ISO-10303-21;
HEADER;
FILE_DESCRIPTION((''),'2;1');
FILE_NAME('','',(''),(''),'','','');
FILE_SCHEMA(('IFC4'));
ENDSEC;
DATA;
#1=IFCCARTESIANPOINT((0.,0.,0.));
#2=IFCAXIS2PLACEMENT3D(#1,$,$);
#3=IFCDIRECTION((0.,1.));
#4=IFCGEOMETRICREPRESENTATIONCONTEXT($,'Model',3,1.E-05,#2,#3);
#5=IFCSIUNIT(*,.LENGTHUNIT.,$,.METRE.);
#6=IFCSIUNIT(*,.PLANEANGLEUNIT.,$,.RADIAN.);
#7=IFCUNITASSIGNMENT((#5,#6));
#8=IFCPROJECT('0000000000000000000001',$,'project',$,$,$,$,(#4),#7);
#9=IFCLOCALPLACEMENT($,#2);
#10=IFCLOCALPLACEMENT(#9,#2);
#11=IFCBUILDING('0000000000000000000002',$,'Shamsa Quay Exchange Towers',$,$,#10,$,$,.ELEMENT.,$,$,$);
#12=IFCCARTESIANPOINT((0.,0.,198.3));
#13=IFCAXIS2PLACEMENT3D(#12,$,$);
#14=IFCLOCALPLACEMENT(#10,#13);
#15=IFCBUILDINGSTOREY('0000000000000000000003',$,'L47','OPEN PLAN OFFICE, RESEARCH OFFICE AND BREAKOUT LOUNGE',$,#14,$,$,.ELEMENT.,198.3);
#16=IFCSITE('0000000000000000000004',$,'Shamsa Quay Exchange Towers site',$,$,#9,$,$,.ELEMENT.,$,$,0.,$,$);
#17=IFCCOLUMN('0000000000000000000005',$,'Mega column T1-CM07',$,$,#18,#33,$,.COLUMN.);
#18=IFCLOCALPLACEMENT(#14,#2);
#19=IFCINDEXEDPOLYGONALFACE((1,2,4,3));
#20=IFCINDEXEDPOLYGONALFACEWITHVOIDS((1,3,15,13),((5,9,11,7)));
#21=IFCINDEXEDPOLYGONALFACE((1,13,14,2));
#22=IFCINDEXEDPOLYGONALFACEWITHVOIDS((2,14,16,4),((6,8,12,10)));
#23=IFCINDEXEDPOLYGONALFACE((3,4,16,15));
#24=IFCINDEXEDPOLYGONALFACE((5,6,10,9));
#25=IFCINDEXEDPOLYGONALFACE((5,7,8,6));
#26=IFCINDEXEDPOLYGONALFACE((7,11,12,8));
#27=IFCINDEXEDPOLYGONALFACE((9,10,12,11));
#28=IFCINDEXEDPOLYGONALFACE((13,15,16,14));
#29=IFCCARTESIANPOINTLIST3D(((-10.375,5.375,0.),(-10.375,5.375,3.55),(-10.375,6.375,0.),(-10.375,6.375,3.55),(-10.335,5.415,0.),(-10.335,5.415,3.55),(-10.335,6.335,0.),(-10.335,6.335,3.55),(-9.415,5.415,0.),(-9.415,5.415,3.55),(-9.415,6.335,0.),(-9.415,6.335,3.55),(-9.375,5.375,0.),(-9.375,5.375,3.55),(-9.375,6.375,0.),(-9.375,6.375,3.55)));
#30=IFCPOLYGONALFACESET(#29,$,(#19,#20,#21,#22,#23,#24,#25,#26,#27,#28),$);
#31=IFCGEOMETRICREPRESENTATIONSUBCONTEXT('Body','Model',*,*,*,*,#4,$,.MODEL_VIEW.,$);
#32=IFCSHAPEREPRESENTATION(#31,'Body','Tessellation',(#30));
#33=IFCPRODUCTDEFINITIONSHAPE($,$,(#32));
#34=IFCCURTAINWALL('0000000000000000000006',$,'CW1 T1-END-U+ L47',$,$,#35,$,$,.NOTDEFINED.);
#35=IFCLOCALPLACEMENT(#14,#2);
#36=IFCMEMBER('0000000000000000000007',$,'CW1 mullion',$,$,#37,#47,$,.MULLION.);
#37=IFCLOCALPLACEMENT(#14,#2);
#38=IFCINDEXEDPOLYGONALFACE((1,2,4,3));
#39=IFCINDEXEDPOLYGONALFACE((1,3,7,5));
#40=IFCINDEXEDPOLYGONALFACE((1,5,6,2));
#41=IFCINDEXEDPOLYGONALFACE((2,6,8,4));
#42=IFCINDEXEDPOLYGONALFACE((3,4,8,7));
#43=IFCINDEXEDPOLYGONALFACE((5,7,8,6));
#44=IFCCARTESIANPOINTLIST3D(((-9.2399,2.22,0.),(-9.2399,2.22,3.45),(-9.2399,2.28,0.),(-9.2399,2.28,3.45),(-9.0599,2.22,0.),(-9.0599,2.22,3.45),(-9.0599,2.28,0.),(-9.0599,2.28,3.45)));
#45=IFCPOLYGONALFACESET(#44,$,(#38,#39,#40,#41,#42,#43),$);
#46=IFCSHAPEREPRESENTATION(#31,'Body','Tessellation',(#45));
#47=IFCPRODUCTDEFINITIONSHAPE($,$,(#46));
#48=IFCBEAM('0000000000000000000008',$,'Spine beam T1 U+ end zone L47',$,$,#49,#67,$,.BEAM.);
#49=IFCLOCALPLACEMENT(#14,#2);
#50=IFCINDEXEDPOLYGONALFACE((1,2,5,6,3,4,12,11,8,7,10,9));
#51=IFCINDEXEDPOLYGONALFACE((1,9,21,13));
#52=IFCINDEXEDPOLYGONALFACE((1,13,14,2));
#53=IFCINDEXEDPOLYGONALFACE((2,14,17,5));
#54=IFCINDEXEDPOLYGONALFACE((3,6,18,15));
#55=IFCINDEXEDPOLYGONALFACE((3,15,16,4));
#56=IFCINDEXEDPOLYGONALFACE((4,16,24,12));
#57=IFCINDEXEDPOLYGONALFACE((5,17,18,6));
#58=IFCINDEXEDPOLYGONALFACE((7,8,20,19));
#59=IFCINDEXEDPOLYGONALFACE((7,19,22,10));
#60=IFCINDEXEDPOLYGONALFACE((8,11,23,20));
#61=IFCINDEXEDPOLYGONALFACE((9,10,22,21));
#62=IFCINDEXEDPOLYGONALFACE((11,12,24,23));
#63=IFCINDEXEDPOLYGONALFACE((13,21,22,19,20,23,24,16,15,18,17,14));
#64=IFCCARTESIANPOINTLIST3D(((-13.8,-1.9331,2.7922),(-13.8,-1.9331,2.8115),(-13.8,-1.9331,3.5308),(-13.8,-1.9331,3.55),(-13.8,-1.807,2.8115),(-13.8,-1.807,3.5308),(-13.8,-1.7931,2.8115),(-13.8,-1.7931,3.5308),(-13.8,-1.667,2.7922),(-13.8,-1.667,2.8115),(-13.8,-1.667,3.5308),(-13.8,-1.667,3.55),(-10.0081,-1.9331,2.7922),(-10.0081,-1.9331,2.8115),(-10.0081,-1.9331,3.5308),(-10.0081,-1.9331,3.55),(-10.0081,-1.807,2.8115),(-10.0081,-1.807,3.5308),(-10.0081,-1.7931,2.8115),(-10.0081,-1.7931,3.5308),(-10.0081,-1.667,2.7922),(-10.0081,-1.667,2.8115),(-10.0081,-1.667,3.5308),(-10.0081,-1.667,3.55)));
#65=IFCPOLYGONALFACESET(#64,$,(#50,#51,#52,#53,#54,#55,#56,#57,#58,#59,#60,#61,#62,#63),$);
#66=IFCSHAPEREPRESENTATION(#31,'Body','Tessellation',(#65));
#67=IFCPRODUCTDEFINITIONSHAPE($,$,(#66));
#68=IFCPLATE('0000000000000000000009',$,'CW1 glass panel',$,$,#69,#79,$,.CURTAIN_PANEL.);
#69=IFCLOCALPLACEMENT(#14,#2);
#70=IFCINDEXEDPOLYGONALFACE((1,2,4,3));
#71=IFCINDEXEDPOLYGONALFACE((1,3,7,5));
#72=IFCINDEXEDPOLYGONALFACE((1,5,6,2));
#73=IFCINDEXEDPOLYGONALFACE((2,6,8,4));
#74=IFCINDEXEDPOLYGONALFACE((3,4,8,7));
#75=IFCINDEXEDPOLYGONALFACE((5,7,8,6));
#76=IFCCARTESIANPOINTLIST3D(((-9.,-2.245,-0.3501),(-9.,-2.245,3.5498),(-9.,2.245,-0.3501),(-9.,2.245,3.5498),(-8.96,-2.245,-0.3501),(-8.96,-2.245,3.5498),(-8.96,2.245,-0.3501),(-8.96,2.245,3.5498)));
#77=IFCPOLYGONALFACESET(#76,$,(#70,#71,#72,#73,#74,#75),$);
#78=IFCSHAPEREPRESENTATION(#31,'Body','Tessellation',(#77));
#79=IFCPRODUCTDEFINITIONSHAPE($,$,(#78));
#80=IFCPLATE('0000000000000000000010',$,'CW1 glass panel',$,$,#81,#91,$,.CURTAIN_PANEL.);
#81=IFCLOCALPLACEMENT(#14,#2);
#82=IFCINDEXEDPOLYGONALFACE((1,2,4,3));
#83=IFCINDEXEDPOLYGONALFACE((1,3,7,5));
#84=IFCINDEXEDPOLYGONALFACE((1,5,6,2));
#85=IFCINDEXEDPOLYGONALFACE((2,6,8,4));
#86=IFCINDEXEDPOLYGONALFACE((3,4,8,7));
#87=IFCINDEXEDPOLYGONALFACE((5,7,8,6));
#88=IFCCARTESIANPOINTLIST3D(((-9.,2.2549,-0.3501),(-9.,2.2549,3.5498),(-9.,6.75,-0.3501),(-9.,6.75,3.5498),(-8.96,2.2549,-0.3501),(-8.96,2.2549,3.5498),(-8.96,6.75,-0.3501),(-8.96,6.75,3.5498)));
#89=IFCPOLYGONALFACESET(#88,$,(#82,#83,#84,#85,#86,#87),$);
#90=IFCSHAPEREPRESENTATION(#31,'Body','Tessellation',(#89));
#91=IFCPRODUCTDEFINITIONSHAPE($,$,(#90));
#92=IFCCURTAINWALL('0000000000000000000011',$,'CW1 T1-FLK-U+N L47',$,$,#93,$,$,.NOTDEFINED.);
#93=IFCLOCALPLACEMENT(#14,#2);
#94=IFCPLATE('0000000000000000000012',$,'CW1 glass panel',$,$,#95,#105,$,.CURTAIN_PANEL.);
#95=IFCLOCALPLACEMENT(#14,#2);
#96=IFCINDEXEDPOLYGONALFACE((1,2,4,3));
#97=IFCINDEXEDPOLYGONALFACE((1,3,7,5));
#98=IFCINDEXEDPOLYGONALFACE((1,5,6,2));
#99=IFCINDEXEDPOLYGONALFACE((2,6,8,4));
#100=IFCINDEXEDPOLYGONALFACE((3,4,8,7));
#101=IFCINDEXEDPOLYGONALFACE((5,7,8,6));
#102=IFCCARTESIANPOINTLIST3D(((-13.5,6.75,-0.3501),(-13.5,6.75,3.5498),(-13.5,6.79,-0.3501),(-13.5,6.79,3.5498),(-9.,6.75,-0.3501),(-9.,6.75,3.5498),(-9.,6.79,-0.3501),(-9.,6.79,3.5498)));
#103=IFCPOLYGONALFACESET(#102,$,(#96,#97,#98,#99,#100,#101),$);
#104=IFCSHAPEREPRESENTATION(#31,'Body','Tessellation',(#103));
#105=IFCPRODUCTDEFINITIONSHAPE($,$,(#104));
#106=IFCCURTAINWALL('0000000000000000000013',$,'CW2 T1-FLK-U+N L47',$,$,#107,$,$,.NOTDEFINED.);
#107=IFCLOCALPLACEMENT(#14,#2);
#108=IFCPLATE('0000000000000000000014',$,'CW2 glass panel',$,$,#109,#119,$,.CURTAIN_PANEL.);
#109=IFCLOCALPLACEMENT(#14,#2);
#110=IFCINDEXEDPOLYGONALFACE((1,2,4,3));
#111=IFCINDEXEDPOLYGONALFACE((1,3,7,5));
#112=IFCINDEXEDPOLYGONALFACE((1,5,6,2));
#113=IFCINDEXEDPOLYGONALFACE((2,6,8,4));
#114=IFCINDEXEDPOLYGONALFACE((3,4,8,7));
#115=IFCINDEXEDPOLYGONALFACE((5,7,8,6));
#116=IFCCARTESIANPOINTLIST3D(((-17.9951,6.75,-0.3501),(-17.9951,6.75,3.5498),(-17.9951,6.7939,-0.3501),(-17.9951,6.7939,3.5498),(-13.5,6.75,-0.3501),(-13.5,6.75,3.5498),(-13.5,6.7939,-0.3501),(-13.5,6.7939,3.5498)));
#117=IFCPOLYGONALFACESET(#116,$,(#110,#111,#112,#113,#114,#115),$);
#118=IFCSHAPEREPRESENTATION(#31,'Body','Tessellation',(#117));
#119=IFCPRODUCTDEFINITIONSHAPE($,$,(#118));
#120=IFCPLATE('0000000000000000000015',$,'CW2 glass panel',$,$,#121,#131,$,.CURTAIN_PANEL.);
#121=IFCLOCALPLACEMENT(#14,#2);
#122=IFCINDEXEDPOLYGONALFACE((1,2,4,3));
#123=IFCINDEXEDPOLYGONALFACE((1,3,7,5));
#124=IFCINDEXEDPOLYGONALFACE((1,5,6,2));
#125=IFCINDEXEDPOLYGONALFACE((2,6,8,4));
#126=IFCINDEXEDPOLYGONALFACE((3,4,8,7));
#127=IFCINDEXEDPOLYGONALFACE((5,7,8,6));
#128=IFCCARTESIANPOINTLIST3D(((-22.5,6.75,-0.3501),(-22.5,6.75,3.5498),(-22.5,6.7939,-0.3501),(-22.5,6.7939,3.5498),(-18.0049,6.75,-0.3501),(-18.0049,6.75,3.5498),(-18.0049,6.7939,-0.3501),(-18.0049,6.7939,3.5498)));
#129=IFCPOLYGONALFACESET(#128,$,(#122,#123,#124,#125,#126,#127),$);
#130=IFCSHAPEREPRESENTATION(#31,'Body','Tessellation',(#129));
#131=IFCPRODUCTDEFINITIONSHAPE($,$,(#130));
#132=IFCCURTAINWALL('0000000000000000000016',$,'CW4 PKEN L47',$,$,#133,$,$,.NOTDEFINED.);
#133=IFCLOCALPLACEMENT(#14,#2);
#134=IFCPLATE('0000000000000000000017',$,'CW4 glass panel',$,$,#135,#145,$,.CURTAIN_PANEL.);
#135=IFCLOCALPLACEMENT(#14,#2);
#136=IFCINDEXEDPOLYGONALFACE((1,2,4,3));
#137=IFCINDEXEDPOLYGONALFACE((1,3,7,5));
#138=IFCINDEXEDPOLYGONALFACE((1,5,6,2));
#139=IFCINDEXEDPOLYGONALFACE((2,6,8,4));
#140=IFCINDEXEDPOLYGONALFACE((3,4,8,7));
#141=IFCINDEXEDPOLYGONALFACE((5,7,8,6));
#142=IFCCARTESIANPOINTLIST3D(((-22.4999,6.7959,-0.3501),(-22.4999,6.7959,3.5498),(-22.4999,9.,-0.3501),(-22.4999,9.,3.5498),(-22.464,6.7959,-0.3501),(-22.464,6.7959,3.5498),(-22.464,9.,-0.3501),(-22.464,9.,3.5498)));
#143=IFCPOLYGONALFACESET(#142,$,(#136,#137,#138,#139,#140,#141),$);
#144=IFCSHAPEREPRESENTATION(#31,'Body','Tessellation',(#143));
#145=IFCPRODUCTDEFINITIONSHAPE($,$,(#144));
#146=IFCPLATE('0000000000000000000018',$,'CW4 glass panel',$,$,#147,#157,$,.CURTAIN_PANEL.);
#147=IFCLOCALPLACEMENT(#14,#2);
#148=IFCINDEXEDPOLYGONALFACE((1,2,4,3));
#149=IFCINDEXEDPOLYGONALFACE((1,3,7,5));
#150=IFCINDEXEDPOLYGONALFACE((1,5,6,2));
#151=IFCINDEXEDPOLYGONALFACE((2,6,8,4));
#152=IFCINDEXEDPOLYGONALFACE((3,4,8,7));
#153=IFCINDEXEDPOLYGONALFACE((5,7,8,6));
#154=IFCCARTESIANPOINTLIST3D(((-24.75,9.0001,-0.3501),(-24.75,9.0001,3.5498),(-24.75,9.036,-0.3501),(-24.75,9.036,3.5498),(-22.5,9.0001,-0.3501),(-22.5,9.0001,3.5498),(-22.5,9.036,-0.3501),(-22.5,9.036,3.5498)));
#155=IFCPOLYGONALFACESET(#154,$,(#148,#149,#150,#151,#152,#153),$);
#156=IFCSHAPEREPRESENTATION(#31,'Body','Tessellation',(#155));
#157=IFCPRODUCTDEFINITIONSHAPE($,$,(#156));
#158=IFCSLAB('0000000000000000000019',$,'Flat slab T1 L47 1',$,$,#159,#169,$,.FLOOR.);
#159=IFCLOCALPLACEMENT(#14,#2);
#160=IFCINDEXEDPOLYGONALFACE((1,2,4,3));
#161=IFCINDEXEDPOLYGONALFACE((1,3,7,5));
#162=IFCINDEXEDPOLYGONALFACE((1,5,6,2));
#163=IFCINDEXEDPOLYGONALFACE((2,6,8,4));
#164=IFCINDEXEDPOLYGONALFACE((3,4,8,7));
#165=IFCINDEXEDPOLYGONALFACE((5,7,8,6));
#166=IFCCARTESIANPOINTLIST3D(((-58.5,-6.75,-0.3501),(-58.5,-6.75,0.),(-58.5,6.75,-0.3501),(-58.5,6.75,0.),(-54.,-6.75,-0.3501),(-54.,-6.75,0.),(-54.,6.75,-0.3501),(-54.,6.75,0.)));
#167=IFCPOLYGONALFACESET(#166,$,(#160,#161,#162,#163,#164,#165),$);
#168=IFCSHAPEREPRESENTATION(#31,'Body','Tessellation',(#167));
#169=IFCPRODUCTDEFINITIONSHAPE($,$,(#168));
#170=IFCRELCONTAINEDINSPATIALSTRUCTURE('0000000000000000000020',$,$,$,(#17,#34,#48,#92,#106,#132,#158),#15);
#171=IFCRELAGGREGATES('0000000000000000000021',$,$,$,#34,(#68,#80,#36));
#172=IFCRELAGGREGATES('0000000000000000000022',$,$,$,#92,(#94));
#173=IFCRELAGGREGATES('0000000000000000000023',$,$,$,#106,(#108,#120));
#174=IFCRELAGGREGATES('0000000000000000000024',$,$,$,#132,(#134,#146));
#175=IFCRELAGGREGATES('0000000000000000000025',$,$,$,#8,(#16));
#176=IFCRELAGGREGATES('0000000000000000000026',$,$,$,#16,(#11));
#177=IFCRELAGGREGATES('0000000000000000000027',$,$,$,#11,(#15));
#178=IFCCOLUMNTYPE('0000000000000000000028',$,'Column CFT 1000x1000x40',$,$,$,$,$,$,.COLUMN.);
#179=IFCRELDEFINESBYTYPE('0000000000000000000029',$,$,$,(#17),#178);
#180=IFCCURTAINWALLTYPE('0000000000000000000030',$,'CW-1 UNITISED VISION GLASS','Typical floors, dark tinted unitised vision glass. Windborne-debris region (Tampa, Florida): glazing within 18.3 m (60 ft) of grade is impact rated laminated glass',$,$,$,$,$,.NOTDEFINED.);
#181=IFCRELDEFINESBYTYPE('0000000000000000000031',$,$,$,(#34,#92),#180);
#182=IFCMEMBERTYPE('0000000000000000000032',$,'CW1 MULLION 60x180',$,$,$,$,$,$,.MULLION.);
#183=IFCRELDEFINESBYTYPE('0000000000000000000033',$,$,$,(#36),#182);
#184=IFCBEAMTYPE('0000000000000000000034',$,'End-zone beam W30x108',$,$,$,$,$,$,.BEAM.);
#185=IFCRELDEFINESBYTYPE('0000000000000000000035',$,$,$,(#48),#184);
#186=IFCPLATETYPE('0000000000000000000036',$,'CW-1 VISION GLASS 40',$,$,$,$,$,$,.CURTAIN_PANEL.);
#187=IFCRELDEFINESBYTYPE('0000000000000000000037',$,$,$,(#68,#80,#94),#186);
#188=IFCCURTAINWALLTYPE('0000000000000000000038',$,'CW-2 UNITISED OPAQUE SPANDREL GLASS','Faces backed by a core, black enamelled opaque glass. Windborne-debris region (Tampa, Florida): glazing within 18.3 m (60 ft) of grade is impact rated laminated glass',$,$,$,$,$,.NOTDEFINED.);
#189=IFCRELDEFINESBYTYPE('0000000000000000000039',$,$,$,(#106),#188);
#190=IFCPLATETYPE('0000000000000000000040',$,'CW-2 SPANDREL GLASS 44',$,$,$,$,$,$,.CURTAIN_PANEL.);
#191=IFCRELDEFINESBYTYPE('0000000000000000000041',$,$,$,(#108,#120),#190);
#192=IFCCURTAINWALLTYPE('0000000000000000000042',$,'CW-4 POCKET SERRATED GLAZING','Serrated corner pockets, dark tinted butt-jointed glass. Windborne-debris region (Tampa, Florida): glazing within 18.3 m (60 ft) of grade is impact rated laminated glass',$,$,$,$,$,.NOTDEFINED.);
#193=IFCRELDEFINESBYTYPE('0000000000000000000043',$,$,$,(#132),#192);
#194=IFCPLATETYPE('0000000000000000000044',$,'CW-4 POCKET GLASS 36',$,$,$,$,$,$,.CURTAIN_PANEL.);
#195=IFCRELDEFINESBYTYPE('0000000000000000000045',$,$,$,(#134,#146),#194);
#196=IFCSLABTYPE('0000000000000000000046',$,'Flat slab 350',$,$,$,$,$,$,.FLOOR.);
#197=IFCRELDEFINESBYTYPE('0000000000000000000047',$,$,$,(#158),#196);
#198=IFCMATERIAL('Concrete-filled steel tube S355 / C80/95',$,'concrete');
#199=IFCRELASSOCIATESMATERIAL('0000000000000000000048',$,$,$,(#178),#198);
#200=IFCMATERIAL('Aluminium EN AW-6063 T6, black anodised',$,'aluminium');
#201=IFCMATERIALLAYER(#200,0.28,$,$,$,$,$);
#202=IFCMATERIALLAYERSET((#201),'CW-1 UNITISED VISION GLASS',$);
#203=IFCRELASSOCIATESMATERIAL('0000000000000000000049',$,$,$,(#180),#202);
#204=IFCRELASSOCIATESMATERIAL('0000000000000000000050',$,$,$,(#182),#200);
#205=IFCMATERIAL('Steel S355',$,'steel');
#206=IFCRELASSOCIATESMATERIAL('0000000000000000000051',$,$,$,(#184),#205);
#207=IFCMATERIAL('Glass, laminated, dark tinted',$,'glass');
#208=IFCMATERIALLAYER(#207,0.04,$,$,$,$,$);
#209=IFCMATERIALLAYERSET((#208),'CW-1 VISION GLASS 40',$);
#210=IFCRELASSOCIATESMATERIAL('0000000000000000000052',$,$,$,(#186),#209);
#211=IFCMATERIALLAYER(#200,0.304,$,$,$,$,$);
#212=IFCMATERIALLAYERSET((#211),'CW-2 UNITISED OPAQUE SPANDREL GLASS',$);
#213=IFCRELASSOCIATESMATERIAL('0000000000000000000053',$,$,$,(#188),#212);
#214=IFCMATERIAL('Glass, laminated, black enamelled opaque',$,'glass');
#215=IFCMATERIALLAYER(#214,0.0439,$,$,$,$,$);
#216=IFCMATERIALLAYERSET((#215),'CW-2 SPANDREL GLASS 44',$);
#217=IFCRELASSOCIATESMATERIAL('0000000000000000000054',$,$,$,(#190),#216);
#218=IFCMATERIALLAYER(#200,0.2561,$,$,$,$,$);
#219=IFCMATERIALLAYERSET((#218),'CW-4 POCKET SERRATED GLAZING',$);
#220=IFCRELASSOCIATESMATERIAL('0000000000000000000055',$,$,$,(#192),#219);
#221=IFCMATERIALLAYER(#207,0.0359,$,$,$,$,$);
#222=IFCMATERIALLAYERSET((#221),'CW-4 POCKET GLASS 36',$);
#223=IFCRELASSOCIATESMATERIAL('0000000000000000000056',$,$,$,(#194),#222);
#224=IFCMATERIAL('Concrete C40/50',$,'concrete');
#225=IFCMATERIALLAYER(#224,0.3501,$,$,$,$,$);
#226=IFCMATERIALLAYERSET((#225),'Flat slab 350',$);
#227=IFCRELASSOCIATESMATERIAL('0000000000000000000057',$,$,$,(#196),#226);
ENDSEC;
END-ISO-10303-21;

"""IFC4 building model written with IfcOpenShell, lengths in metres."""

from ifc_helpers import new_model, si_unit, direction, frame, origin, origin_2d, place, context, subcontext, project, spatial, polyline, rectangle, hollow_rectangle, i_section, outline, extrude, material, layer, layer_set, material_profile, profile_set, type_object, element, aggregate, save


model = new_model("IFC4")

# Units and contexts
model_context = context("Model", 3, precision=1e-05, world=origin(), true_north=direction((0.0, 1.0)))
body_context = subcontext(model_context, "Body", "Model", "MODEL_VIEW")
ifc_project = project(units=[si_unit("LENGTHUNIT", "METRE"), si_unit("PLANEANGLEUNIT", "RADIAN")], contexts=[model_context])

# Site, building, storey
site_placement = place(None, origin())
site = spatial("IfcSite", under=ifc_project, at=site_placement, Name="Shamsa Quay Exchange Towers site", CompositionType="ELEMENT", RefElevation=0.0)
building_placement = place(site_placement, origin())
building = spatial("IfcBuilding", under=site, at=building_placement, Name="Shamsa Quay Exchange Towers", CompositionType="ELEMENT")
storey_placement = place(building_placement, frame((0.0, 0.0, 198.3)))
storey = spatial("IfcBuildingStorey", under=building, at=storey_placement, Name="L47", Description="OPEN PLAN OFFICE, RESEARCH OFFICE AND BREAKOUT LOUNGE", CompositionType="ELEMENT", Elevation=198.3)

# Column
ifc_material_1 = material(Name="Concrete-filled steel tube S355 / C80/95", Category="concrete")
ifc_material_profile_1 = material_profile(ifc_material_1, hollow_rectangle(XDim=1.0, YDim=1.0, WallThickness=0.04, at=origin_2d()), Name="CFT 1000x1000x40")
ifc_profile_set_1 = profile_set([ifc_material_profile_1], Name="Concrete-filled steel tube S355 / C80/95")
column_type = type_object("IfcColumnType", Name="Column CFT 1000x1000x40", PredefinedType="COLUMN", material=ifc_profile_set_1)
column_placement = place(storey_placement, frame((-9.875, 5.875, 0.0)))
element("IfcColumn", 1, at=column_placement, inside=storey, type_object=column_type, Name="Mega column T1-CM07", PredefinedType="COLUMN", context=body_context, shape_type="SweptSolid", body=[
    extrude(hollow_rectangle(XDim=1.0, YDim=1.0, WallThickness=0.04, at=origin_2d()), origin(), (0.0, 0.0, 1.0), 3.55),
])

# Curtain wall, member
ifc_material_2 = material(Name="Aluminium EN AW-6063 T6, black anodised", Category="aluminium")
ifc_layer_1 = layer(ifc_material_2, 0.28)
ifc_layer_set_1 = layer_set([ifc_layer_1], Name="CW-1 UNITISED VISION GLASS")
curtain_wall_type_1 = type_object("IfcCurtainWallType", Name="CW-1 UNITISED VISION GLASS", Description="Typical floors, dark tinted unitised vision glass. Windborne-debris region (Tampa, Florida): glazing within 18.3 m (60 ft) of grade is impact rated laminated glass", PredefinedType="NOTDEFINED", material=ifc_layer_set_1)
curtain_wall_1_placement = place(storey_placement, origin())
curtain_wall_1 = element("IfcCurtainWall", 2, at=curtain_wall_1_placement, inside=storey, type_object=curtain_wall_type_1, Name="CW1 T1-END-U+ L47", PredefinedType="NOTDEFINED")
ifc_material_profile_2 = material_profile(ifc_material_2, rectangle(XDim=0.1799, YDim=0.0601, at=origin_2d()), Name="MU60x180")
ifc_profile_set_2 = profile_set([ifc_material_profile_2], Name="Aluminium EN AW-6063 T6, black anodised")
member_type = type_object("IfcMemberType", Name="CW1 MULLION 60x180", PredefinedType="MULLION", material=ifc_profile_set_2)
member_placement = place(storey_placement, frame((-9.1499, 2.25, 0.0), z_axis=(0.0, 0.0, 1.0), x_axis=(-1.0, 0.0, 0.0)))
member = element("IfcMember", 3, at=member_placement, type_object=member_type, Name="CW1 mullion", PredefinedType="MULLION", context=body_context, shape_type="SweptSolid", body=[
    extrude(rectangle(XDim=0.1799, YDim=0.0601, at=origin_2d()), origin(), (0.0, 0.0, 1.0), 3.45),
])

# Beam
ifc_material_3 = material(Name="Steel S355", Category="steel")
ifc_material_profile_3 = material_profile(ifc_material_3, i_section(OverallWidth=0.2661, OverallDepth=0.7578, WebThickness=0.0139, FlangeThickness=0.0193, at=origin_2d()), Name="W30x108")
ifc_profile_set_3 = profile_set([ifc_material_profile_3], Name="Steel S355")
beam_type = type_object("IfcBeamType", Name="End-zone beam W30x108", PredefinedType="BEAM", material=ifc_profile_set_3)
beam_placement = place(storey_placement, frame((-13.8, -1.8, 3.1711), z_axis=(1.0, 0.0, 0.0), x_axis=(0.0, 1.0, 0.0)))
element("IfcBeam", 4, at=beam_placement, inside=storey, type_object=beam_type, Name="Spine beam T1 U+ end zone L47", PredefinedType="BEAM", context=body_context, shape_type="SweptSolid", body=[
    extrude(i_section(OverallWidth=0.2661, OverallDepth=0.7578, WebThickness=0.0139, FlangeThickness=0.0193, at=origin_2d()), origin(), (0.0, 0.0, 1.0), 3.792),
])

# Plates
ifc_material_4 = material(Name="Glass, laminated, dark tinted", Category="glass")
ifc_layer_2 = layer(ifc_material_4, 0.04)
ifc_layer_set_2 = layer_set([ifc_layer_2], Name="CW-1 VISION GLASS 40")
plate_type_1 = type_object("IfcPlateType", Name="CW-1 VISION GLASS 40", PredefinedType="CURTAIN_PANEL", material=ifc_layer_set_2)
plate_1_placement = place(storey_placement, frame((-8.98, 0.0, -0.3501), z_axis=(0.0, 0.0, 1.0), x_axis=(0.0, 1.0, 0.0)))
plate_1 = element("IfcPlate", 5, at=plate_1_placement, type_object=plate_type_1, Name="CW1 glass panel", PredefinedType="CURTAIN_PANEL", context=body_context, shape_type="SweptSolid", body=[
    extrude(rectangle(XDim=4.49, YDim=0.04, at=origin_2d()), origin(), (0.0, 0.0, 1.0), 3.8999),
])
plate_2_placement = place(storey_placement, frame((-8.98, 4.5024, -0.3501), z_axis=(0.0, 0.0, 1.0), x_axis=(0.0, 1.0, 0.0)))
plate_2 = element("IfcPlate", 6, at=plate_2_placement, type_object=plate_type_1, Name="CW1 glass panel", PredefinedType="CURTAIN_PANEL", context=body_context, shape_type="SweptSolid", body=[
    extrude(rectangle(XDim=4.4951, YDim=0.04, at=origin_2d()), origin(), (0.0, 0.0, 1.0), 3.8999),
])
aggregate(curtain_wall_1, [plate_1, plate_2, member])

# Curtain wall, plate
curtain_wall_2_placement = place(storey_placement, origin())
curtain_wall_2 = element("IfcCurtainWall", 7, at=curtain_wall_2_placement, inside=storey, type_object=curtain_wall_type_1, Name="CW1 T1-FLK-U+N L47", PredefinedType="NOTDEFINED")
plate_3_placement = place(storey_placement, frame((-11.25, 6.77, -0.3501), z_axis=(0.0, 0.0, 1.0), x_axis=(-1.0, 0.0, 0.0)))
plate_3 = element("IfcPlate", 8, at=plate_3_placement, type_object=plate_type_1, Name="CW1 glass panel", PredefinedType="CURTAIN_PANEL", context=body_context, shape_type="SweptSolid", body=[
    extrude(rectangle(XDim=4.5, YDim=0.04, at=origin_2d()), origin(), (0.0, 0.0, 1.0), 3.8999),
])
aggregate(curtain_wall_2, [plate_3])

# Curtain walls, plates
ifc_layer_3 = layer(ifc_material_2, 0.304)
ifc_layer_set_3 = layer_set([ifc_layer_3], Name="CW-2 UNITISED OPAQUE SPANDREL GLASS")
curtain_wall_type_2 = type_object("IfcCurtainWallType", Name="CW-2 UNITISED OPAQUE SPANDREL GLASS", Description="Faces backed by a core, black enamelled opaque glass. Windborne-debris region (Tampa, Florida): glazing within 18.3 m (60 ft) of grade is impact rated laminated glass", PredefinedType="NOTDEFINED", material=ifc_layer_set_3)
curtain_wall_3_placement = place(storey_placement, origin())
curtain_wall_3 = element("IfcCurtainWall", 9, at=curtain_wall_3_placement, inside=storey, type_object=curtain_wall_type_2, Name="CW2 T1-FLK-U+N L47", PredefinedType="NOTDEFINED")
ifc_material_5 = material(Name="Glass, laminated, black enamelled opaque", Category="glass")
ifc_layer_4 = layer(ifc_material_5, 0.0439)
ifc_layer_set_4 = layer_set([ifc_layer_4], Name="CW-2 SPANDREL GLASS 44")
plate_type_2 = type_object("IfcPlateType", Name="CW-2 SPANDREL GLASS 44", PredefinedType="CURTAIN_PANEL", material=ifc_layer_set_4)
plate_4_placement = place(storey_placement, frame((-15.7476, 6.772, -0.3501), z_axis=(0.0, 0.0, 1.0), x_axis=(-1.0, 0.0, 0.0)))
plate_4 = element("IfcPlate", 10, at=plate_4_placement, type_object=plate_type_2, Name="CW2 glass panel", PredefinedType="CURTAIN_PANEL", context=body_context, shape_type="SweptSolid", body=[
    extrude(rectangle(XDim=4.4951, YDim=0.0439, at=origin_2d()), origin(), (0.0, 0.0, 1.0), 3.8999),
])
plate_5_placement = place(storey_placement, frame((-20.2524, 6.772, -0.3501), z_axis=(0.0, 0.0, 1.0), x_axis=(-1.0, 0.0, 0.0)))
plate_5 = element("IfcPlate", 11, at=plate_5_placement, type_object=plate_type_2, Name="CW2 glass panel", PredefinedType="CURTAIN_PANEL", context=body_context, shape_type="SweptSolid", body=[
    extrude(rectangle(XDim=4.4951, YDim=0.0439, at=origin_2d()), origin(), (0.0, 0.0, 1.0), 3.8999),
])
aggregate(curtain_wall_3, [plate_4, plate_5])
ifc_layer_5 = layer(ifc_material_2, 0.2561)
ifc_layer_set_5 = layer_set([ifc_layer_5], Name="CW-4 POCKET SERRATED GLAZING")
curtain_wall_type_3 = type_object("IfcCurtainWallType", Name="CW-4 POCKET SERRATED GLAZING", Description="Serrated corner pockets, dark tinted butt-jointed glass. Windborne-debris region (Tampa, Florida): glazing within 18.3 m (60 ft) of grade is impact rated laminated glass", PredefinedType="NOTDEFINED", material=ifc_layer_set_5)
curtain_wall_4_placement = place(storey_placement, origin())
curtain_wall_4 = element("IfcCurtainWall", 12, at=curtain_wall_4_placement, inside=storey, type_object=curtain_wall_type_3, Name="CW4 PKEN L47", PredefinedType="NOTDEFINED")
ifc_layer_6 = layer(ifc_material_4, 0.0359)
ifc_layer_set_6 = layer_set([ifc_layer_6], Name="CW-4 POCKET GLASS 36")
plate_type_3 = type_object("IfcPlateType", Name="CW-4 POCKET GLASS 36", PredefinedType="CURTAIN_PANEL", material=ifc_layer_set_6)
plate_6_placement = place(storey_placement, frame((-22.4819, 7.8979, -0.3501), z_axis=(0.0, 0.0, 1.0), x_axis=(0.0, 1.0, 0.0)))
plate_6 = element("IfcPlate", 13, at=plate_6_placement, type_object=plate_type_3, Name="CW4 glass panel", PredefinedType="CURTAIN_PANEL", context=body_context, shape_type="SweptSolid", body=[
    extrude(rectangle(XDim=2.2041, YDim=0.0359, at=origin_2d()), origin(), (0.0, 0.0, 1.0), 3.8999),
])
plate_7_placement = place(storey_placement, frame((-23.625, 9.0181, -0.3501), z_axis=(0.0, 0.0, 1.0), x_axis=(-1.0, 0.0, 0.0)))
plate_7 = element("IfcPlate", 14, at=plate_7_placement, type_object=plate_type_3, Name="CW4 glass panel", PredefinedType="CURTAIN_PANEL", context=body_context, shape_type="SweptSolid", body=[
    extrude(rectangle(XDim=2.25, YDim=0.0359, at=origin_2d()), origin(), (0.0, 0.0, 1.0), 3.8999),
])
aggregate(curtain_wall_4, [plate_6, plate_7])

# Slab
ifc_material_6 = material(Name="Concrete C40/50", Category="concrete")
ifc_layer_7 = layer(ifc_material_6, 0.3501)
ifc_layer_set_7 = layer_set([ifc_layer_7], Name="Flat slab 350")
slab_type = type_object("IfcSlabType", Name="Flat slab 350", PredefinedType="FLOOR", material=ifc_layer_set_7)
slab_placement = place(storey_placement, frame((0.0, 0.0, -0.3501)))
element("IfcSlab", 15, at=slab_placement, inside=storey, type_object=slab_type, Name="Flat slab T1 L47 1", PredefinedType="FLOOR", context=body_context, shape_type="SweptSolid", body=[
    extrude(outline(polyline([(-58.5, -6.75), (-54.0, -6.75), (-54.0, 6.75), (-58.5, 6.75), (-58.5, -6.75)])), origin(), (0.0, 0.0, 1.0), 0.3501),
])

save(model, "model.ifc")
